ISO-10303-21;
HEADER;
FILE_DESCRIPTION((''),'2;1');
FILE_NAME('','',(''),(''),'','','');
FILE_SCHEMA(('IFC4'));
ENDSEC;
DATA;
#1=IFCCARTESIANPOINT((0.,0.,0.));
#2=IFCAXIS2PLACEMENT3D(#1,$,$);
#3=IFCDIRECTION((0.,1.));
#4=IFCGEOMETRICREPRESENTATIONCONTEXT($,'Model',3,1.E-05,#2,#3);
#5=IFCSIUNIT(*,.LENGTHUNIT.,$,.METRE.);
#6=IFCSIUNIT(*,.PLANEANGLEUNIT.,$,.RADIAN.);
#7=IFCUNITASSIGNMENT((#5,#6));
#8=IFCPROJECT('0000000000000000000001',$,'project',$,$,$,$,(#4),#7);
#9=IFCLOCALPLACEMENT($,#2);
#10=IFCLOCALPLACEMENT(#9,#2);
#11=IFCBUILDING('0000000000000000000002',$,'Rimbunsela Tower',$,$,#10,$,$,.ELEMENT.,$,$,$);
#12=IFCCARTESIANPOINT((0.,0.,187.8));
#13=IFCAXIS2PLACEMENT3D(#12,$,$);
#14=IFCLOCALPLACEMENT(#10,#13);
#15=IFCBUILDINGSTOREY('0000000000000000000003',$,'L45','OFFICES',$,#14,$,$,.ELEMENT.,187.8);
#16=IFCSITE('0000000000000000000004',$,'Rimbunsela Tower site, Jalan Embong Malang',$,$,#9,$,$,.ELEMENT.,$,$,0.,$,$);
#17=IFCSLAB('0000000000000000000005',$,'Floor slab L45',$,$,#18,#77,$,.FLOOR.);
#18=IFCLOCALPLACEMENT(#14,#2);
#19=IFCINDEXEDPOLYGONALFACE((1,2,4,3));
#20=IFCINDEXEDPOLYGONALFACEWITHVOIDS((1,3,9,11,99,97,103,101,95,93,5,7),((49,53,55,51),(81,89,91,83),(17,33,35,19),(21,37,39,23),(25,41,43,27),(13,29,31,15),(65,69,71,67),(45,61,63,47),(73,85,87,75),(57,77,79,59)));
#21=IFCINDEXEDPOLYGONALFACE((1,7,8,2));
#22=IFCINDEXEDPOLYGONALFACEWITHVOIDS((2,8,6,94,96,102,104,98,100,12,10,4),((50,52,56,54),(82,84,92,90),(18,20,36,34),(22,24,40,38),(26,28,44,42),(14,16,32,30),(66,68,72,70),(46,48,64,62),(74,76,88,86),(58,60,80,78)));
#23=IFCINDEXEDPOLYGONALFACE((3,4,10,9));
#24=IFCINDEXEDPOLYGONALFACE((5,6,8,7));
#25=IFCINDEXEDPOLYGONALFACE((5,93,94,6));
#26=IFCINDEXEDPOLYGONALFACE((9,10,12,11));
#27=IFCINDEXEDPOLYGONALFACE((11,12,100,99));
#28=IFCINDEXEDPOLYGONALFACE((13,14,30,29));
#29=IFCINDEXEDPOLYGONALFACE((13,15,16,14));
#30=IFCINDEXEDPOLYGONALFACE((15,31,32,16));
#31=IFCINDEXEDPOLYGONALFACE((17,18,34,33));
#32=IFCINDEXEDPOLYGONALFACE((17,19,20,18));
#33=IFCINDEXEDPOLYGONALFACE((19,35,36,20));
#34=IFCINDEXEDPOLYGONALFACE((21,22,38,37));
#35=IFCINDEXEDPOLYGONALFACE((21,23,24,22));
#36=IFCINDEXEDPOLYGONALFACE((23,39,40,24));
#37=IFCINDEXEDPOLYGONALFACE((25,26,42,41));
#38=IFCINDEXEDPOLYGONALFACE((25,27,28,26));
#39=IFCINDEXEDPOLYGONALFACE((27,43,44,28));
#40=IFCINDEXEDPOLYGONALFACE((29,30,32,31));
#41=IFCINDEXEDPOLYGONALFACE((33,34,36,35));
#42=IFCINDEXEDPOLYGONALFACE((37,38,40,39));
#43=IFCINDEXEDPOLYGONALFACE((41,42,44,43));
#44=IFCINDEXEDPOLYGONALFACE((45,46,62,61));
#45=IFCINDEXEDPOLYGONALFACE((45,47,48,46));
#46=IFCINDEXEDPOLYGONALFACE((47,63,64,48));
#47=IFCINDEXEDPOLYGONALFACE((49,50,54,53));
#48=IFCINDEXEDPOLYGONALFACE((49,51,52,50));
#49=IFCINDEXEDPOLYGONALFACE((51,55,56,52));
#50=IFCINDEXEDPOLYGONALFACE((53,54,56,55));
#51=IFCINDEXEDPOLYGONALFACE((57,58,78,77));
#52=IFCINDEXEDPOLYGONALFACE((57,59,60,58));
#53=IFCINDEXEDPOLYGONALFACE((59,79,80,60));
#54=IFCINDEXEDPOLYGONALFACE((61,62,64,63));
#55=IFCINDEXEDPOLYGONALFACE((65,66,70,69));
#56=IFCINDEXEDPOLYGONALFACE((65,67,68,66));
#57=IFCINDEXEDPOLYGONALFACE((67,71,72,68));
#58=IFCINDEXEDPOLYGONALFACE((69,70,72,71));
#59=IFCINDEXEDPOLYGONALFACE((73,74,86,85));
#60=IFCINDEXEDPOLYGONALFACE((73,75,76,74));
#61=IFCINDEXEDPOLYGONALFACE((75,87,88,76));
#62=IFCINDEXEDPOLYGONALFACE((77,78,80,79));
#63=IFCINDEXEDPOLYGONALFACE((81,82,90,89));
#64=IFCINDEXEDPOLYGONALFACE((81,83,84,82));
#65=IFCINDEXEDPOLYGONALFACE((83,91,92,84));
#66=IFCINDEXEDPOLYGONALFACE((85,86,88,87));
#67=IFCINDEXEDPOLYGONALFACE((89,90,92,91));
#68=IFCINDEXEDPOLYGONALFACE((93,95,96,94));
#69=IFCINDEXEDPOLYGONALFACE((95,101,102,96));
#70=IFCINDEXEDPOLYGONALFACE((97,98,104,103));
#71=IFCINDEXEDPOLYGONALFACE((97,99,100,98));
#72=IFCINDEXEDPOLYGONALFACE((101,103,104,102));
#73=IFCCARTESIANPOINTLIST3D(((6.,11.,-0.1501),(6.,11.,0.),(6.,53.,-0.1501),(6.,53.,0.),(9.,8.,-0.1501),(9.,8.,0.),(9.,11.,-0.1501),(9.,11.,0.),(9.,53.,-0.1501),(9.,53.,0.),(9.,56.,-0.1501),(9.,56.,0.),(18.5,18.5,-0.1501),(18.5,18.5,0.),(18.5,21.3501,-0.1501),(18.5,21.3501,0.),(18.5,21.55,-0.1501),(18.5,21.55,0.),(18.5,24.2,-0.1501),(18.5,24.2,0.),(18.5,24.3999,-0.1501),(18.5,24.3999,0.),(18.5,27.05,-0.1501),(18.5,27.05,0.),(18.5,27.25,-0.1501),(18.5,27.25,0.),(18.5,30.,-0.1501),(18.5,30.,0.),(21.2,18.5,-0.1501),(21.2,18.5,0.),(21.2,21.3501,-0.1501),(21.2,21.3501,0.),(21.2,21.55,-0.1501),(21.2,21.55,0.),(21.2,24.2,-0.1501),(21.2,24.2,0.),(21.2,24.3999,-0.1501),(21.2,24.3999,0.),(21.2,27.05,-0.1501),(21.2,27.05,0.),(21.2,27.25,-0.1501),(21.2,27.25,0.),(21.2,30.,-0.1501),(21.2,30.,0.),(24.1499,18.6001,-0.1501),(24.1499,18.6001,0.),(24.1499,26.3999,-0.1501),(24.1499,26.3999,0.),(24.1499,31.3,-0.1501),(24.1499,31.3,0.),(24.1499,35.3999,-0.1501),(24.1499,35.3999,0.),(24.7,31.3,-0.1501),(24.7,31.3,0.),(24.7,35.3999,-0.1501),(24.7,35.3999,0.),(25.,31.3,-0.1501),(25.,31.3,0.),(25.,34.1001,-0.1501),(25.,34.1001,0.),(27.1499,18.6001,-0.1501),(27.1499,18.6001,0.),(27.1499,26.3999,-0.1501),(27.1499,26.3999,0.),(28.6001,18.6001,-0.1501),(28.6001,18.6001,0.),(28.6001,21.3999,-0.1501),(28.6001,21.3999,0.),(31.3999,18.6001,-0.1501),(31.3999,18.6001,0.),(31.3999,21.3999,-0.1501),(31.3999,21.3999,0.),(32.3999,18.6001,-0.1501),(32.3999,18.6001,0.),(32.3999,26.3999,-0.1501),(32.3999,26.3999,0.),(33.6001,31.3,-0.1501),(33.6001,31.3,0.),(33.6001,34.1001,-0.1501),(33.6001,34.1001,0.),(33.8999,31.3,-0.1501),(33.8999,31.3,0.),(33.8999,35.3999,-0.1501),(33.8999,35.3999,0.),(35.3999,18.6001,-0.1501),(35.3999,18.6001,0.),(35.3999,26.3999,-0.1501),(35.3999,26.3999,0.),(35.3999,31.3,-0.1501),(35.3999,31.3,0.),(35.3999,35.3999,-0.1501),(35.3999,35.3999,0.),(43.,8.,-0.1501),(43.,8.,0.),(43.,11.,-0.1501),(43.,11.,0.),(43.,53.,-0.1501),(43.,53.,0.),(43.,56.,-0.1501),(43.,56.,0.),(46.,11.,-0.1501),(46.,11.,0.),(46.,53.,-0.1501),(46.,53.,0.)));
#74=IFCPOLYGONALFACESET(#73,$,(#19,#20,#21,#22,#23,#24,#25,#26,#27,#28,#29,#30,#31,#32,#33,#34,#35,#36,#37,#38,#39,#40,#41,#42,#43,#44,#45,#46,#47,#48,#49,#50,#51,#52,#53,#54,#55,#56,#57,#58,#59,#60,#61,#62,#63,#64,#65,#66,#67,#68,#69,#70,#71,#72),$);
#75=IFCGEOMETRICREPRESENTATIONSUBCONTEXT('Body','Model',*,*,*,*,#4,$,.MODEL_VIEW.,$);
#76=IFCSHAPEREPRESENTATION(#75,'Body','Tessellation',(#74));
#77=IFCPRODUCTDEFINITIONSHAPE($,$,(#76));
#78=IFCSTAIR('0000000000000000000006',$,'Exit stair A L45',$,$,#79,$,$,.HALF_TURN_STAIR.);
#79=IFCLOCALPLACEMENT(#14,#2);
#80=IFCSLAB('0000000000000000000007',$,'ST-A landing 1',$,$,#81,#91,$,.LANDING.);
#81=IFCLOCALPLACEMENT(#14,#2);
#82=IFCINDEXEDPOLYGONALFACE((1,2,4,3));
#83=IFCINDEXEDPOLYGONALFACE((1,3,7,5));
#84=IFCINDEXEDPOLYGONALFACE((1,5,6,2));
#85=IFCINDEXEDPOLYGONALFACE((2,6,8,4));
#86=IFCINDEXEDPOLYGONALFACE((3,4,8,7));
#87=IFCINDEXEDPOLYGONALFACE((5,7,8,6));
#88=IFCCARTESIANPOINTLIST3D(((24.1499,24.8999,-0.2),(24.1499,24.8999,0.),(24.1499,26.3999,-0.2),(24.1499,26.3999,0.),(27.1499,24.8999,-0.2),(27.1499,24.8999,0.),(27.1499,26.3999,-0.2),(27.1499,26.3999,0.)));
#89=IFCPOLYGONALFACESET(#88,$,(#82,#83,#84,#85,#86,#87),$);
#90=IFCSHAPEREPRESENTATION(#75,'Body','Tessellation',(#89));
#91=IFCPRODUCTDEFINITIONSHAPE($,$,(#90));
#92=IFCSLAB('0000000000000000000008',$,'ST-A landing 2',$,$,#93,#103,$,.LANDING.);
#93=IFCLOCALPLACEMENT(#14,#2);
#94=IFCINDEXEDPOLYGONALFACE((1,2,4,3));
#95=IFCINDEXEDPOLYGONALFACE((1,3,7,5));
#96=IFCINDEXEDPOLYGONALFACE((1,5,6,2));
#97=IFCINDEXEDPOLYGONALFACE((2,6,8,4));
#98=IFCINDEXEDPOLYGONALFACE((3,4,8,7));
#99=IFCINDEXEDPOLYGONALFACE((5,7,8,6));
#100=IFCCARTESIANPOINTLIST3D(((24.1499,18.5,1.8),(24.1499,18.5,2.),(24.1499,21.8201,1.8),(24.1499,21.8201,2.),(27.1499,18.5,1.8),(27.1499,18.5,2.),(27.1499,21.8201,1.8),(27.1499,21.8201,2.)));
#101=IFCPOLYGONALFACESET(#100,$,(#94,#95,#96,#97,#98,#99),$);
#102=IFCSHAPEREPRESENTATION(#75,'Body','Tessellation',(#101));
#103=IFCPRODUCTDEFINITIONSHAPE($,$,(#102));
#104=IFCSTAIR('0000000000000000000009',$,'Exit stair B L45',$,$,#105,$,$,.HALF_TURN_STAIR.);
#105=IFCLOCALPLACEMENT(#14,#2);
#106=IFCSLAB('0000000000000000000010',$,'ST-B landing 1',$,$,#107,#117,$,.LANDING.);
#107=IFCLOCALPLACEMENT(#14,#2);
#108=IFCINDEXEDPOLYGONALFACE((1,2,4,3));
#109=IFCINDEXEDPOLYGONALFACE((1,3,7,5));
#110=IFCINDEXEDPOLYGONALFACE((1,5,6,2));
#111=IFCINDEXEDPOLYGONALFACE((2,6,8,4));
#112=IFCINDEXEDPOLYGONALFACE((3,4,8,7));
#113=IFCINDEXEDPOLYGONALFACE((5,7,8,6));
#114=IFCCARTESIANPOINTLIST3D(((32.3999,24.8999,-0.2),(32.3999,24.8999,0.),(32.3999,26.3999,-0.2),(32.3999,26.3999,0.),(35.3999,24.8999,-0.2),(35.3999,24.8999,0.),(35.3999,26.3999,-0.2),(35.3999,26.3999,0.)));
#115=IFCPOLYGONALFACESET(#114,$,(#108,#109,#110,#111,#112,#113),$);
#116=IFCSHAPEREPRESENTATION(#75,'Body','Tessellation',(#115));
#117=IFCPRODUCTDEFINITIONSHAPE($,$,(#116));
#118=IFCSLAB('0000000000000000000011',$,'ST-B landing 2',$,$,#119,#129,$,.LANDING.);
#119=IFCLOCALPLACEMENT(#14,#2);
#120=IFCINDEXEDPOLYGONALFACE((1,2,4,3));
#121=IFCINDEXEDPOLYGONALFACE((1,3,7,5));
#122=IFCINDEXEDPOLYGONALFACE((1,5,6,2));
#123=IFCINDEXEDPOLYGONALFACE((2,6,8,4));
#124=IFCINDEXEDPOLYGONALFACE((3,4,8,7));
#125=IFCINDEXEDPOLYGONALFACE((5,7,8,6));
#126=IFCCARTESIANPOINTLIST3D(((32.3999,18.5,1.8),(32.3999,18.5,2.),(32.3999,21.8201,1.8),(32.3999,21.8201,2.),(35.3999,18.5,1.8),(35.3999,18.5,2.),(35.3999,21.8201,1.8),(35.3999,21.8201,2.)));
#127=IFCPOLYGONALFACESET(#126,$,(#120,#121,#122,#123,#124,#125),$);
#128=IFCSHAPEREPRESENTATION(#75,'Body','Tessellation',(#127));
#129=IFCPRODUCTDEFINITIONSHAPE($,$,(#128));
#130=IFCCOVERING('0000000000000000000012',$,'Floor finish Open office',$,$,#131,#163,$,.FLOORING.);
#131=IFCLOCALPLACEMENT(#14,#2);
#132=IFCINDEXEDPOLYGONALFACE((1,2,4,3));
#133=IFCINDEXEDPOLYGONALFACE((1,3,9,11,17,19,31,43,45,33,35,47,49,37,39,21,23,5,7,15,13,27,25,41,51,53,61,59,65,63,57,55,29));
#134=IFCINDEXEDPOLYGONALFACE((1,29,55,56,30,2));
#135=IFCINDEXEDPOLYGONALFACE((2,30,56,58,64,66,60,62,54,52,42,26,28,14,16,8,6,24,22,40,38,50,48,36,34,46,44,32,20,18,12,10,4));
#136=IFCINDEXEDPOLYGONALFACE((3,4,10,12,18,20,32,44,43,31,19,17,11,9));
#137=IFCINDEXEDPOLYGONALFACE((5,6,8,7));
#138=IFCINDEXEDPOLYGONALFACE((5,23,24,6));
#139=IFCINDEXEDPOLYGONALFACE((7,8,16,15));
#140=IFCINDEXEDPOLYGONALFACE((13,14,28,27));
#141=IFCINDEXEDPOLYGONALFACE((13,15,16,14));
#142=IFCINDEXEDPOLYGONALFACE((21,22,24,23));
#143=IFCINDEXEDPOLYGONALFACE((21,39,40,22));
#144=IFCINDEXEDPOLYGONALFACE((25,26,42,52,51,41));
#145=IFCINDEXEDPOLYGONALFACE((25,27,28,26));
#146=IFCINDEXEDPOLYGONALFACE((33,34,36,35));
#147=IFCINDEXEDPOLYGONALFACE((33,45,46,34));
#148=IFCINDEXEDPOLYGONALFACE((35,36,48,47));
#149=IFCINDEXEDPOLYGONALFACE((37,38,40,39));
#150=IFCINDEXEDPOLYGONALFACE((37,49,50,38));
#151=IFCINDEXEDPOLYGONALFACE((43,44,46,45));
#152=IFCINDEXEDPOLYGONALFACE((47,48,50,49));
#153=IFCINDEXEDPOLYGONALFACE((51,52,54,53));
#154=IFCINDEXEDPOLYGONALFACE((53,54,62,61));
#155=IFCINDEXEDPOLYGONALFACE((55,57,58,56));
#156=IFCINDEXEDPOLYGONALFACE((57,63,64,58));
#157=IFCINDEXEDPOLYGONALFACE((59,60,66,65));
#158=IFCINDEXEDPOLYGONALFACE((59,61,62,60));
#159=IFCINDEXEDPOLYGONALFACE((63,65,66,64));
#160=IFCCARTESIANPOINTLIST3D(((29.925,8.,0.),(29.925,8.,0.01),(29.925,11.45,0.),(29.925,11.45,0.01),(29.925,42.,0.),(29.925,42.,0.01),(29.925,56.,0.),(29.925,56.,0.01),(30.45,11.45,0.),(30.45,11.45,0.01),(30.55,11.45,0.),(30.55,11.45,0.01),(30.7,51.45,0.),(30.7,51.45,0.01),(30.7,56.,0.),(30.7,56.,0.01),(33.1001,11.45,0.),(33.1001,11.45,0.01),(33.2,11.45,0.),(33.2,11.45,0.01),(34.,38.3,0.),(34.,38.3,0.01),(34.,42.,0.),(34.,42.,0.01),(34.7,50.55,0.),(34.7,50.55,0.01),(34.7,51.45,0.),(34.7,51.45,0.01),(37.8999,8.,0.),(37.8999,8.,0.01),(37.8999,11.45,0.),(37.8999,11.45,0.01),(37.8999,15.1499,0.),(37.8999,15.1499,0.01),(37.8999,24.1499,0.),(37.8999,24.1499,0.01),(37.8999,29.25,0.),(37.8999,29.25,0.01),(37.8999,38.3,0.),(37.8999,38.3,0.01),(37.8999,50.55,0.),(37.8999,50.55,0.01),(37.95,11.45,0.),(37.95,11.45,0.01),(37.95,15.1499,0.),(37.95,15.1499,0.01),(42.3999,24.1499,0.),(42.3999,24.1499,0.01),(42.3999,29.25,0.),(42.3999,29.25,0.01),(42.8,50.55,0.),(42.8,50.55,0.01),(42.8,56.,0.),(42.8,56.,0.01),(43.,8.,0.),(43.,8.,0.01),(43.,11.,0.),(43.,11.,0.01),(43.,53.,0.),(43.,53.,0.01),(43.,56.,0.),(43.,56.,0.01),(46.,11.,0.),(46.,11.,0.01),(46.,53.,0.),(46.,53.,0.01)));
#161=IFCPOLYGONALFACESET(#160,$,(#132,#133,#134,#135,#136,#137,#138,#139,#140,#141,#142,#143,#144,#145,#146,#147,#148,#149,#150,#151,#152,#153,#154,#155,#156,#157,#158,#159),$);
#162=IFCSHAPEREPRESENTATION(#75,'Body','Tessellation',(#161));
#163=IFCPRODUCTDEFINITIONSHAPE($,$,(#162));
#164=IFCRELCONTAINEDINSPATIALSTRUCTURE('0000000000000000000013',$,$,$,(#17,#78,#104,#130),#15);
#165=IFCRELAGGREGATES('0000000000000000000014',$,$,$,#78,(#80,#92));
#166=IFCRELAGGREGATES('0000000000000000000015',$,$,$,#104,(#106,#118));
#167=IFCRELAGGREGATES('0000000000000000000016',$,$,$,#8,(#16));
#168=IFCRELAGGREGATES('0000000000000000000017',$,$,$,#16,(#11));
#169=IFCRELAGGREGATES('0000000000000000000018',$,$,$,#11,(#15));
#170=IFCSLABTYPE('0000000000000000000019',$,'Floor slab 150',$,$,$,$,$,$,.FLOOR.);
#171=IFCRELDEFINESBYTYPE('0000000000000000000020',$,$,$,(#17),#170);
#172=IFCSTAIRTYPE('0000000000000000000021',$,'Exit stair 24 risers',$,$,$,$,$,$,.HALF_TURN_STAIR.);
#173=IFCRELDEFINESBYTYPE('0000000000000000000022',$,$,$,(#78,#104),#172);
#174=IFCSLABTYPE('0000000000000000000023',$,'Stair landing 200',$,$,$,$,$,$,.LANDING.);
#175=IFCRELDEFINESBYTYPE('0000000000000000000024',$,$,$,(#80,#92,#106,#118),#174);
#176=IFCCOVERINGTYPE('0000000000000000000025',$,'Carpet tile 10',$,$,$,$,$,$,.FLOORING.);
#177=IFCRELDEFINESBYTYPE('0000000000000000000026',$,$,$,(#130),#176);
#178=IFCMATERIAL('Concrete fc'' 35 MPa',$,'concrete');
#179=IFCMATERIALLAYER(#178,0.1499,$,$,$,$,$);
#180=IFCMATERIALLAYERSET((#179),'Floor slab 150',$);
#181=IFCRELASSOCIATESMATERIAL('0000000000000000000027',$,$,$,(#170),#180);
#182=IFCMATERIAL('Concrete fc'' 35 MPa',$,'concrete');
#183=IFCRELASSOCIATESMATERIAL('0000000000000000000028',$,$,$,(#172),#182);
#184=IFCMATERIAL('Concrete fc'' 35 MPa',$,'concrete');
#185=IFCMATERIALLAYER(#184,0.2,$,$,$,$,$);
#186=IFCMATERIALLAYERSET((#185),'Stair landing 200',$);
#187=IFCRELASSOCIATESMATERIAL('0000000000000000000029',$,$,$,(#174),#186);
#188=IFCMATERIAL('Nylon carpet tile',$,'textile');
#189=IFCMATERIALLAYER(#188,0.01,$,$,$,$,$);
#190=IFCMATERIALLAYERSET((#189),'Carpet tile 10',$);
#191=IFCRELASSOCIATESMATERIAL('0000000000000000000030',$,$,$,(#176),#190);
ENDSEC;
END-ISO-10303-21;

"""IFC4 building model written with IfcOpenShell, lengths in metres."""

from ifc_helpers import new_model, si_unit, direction, frame, origin, place, context, subcontext, project, spatial, polyline, outline, extrude, material, layer, layer_set, type_object, element, aggregate, save


model = new_model("IFC4")

# Units and contexts
model_context = context("Model", 3, precision=1e-05, world=origin(), true_north=direction((0.0, 1.0)))
body_context = subcontext(model_context, "Body", "Model", "MODEL_VIEW")
ifc_project = project(units=[si_unit("LENGTHUNIT", "METRE"), si_unit("PLANEANGLEUNIT", "RADIAN")], contexts=[model_context])

# Site, building, storey
site_placement = place(None, origin())
site = spatial("IfcSite", under=ifc_project, at=site_placement, Name="Rimbunsela Tower site, Jalan Embong Malang", CompositionType="ELEMENT", RefElevation=0.0)
building_placement = place(site_placement, origin())
building = spatial("IfcBuilding", under=site, at=building_placement, Name="Rimbunsela Tower", CompositionType="ELEMENT")
storey_placement = place(building_placement, frame((0.0, 0.0, 187.8)))
storey = spatial("IfcBuildingStorey", under=building, at=storey_placement, Name="L45", Description="OFFICES", CompositionType="ELEMENT", Elevation=187.8)

# Slab
ifc_material_1 = material(Name="Concrete fc' 35 MPa", Category="concrete")
ifc_layer_1 = layer(ifc_material_1, 0.1499)
ifc_layer_set_1 = layer_set([ifc_layer_1], Name="Floor slab 150")
slab_type_1 = type_object("IfcSlabType", Name="Floor slab 150", PredefinedType="FLOOR", material=ifc_layer_set_1)
slab_1_placement = place(storey_placement, frame((0.0, 0.0, -0.1501)))
element("IfcSlab", 1, at=slab_1_placement, inside=storey, type_object=slab_type_1, Name="Floor slab L45", PredefinedType="FLOOR", context=body_context, shape_type="SweptSolid", body=[
    extrude(outline(polyline([(9.0, 8.0), (43.0, 8.0), (43.0, 11.0), (46.0, 11.0), (46.0, 53.0), (43.0, 53.0), (43.0, 56.0), (9.0, 56.0), (9.0, 53.0), (6.0, 53.0), (6.0, 11.0), (9.0, 11.0), (9.0, 8.0)]), holes=[polyline([(21.2, 21.3501), (18.5, 21.3501), (18.5, 18.5), (21.2, 18.5), (21.2, 21.3501)]), polyline([(21.2, 21.55), (21.2, 24.2), (18.5, 24.2), (18.5, 21.55), (21.2, 21.55)]), polyline([(21.2, 27.05), (18.5, 27.05), (18.5, 24.3999), (21.2, 24.3999), (21.2, 27.05)]), polyline([(21.2, 27.25), (21.2, 30.0), (18.5, 30.0), (18.5, 27.25), (21.2, 27.25)]), polyline([(27.1499, 18.6001), (27.1499, 26.3999), (24.1499, 26.3999), (24.1499, 18.6001), (27.1499, 18.6001)]), polyline([(24.7, 31.3), (24.7, 35.3999), (24.1499, 35.3999), (24.1499, 31.3), (24.7, 31.3)]), polyline([(25.0, 34.1001), (25.0, 31.3), (33.6001, 31.3), (33.6001, 34.1001), (25.0, 34.1001)]), polyline([(31.3999, 21.3999), (28.6001, 21.3999), (28.6001, 18.6001), (31.3999, 18.6001), (31.3999, 21.3999)]), polyline([(35.3999, 18.6001), (35.3999, 26.3999), (32.3999, 26.3999), (32.3999, 18.6001), (35.3999, 18.6001)]), polyline([(35.3999, 31.3), (35.3999, 35.3999), (33.8999, 35.3999), (33.8999, 31.3), (35.3999, 31.3)])]), origin(), (0.0, 0.0, 1.0), 0.1501),
])

# Stairs, slabs
ifc_material_2 = material(Name="Concrete fc' 35 MPa", Category="concrete")
stair_type = type_object("IfcStairType", Name="Exit stair 24 risers", PredefinedType="HALF_TURN_STAIR", material=ifc_material_2)
stair_1_placement = place(storey_placement, origin())
stair_1 = element("IfcStair", 2, at=stair_1_placement, inside=storey, type_object=stair_type, Name="Exit stair A L45", PredefinedType="HALF_TURN_STAIR")
ifc_material_3 = material(Name="Concrete fc' 35 MPa", Category="concrete")
ifc_layer_2 = layer(ifc_material_3, 0.2)
ifc_layer_set_2 = layer_set([ifc_layer_2], Name="Stair landing 200")
slab_type_2 = type_object("IfcSlabType", Name="Stair landing 200", PredefinedType="LANDING", material=ifc_layer_set_2)
slab_2_placement = place(storey_placement, frame((0.0, 0.0, -0.2)))
slab_2 = element("IfcSlab", 3, at=slab_2_placement, type_object=slab_type_2, Name="ST-A landing 1", PredefinedType="LANDING", context=body_context, shape_type="SweptSolid", body=[
    extrude(outline(polyline([(24.1499, 24.8999), (27.1499, 24.8999), (27.1499, 26.3999), (24.1499, 26.3999), (24.1499, 24.8999)])), origin(), (0.0, 0.0, 1.0), 0.2),
])
slab_3_placement = place(storey_placement, frame((0.0, 0.0, 1.8)))
slab_3 = element("IfcSlab", 4, at=slab_3_placement, type_object=slab_type_2, Name="ST-A landing 2", PredefinedType="LANDING", context=body_context, shape_type="SweptSolid", body=[
    extrude(outline(polyline([(24.1499, 18.5), (27.1499, 18.5), (27.1499, 21.8201), (24.1499, 21.8201), (24.1499, 18.5)])), origin(), (0.0, 0.0, 1.0), 0.2),
])
aggregate(stair_1, [slab_2, slab_3])
stair_2_placement = place(storey_placement, origin())
stair_2 = element("IfcStair", 5, at=stair_2_placement, inside=storey, type_object=stair_type, Name="Exit stair B L45", PredefinedType="HALF_TURN_STAIR")
slab_4_placement = place(storey_placement, frame((0.0, 0.0, -0.2)))
slab_4 = element("IfcSlab", 6, at=slab_4_placement, type_object=slab_type_2, Name="ST-B landing 1", PredefinedType="LANDING", context=body_context, shape_type="SweptSolid", body=[
    extrude(outline(polyline([(32.3999, 24.8999), (35.3999, 24.8999), (35.3999, 26.3999), (32.3999, 26.3999), (32.3999, 24.8999)])), origin(), (0.0, 0.0, 1.0), 0.2),
])
slab_5_placement = place(storey_placement, frame((0.0, 0.0, 1.8)))
slab_5 = element("IfcSlab", 7, at=slab_5_placement, type_object=slab_type_2, Name="ST-B landing 2", PredefinedType="LANDING", context=body_context, shape_type="SweptSolid", body=[
    extrude(outline(polyline([(32.3999, 18.5), (35.3999, 18.5), (35.3999, 21.8201), (32.3999, 21.8201), (32.3999, 18.5)])), origin(), (0.0, 0.0, 1.0), 0.2),
])
aggregate(stair_2, [slab_4, slab_5])

# Covering
ifc_material_4 = material(Name="Nylon carpet tile", Category="textile")
ifc_layer_3 = layer(ifc_material_4, 0.01)
ifc_layer_set_3 = layer_set([ifc_layer_3], Name="Carpet tile 10")
covering_type_1 = type_object("IfcCoveringType", Name="Carpet tile 10", PredefinedType="FLOORING", material=ifc_layer_set_3)
covering_1_placement = place(storey_placement, origin())
element("IfcCovering", 8, at=covering_1_placement, inside=storey, type_object=covering_type_1, Name="Floor finish Open office", PredefinedType="FLOORING", context=body_context, shape_type="SweptSolid", body=[
    extrude(outline(polyline([(29.925, 56.0), (30.7, 56.0), (30.7, 51.45), (34.7, 51.45), (34.7, 50.55), (37.8999, 50.55), (42.8, 50.55), (42.8, 56.0), (43.0, 56.0), (43.0, 53.0), (46.0, 53.0), (46.0, 11.0), (43.0, 11.0), (43.0, 8.0), (37.8999, 8.0), (29.925, 8.0), (29.925, 11.45), (30.45, 11.45), (30.55, 11.45), (33.1001, 11.45), (33.2, 11.45), (37.8999, 11.45), (37.95, 11.45), (37.95, 15.1499), (37.8999, 15.1499), (37.8999, 24.1499), (42.3999, 24.1499), (42.3999, 29.25), (37.8999, 29.25), (37.8999, 38.3), (34.0, 38.3), (34.0, 42.0), (29.925, 42.0), (29.925, 56.0)])), origin(), (0.0, 0.0, 1.0), 0.01),
])

save(model, "model.ifc")
